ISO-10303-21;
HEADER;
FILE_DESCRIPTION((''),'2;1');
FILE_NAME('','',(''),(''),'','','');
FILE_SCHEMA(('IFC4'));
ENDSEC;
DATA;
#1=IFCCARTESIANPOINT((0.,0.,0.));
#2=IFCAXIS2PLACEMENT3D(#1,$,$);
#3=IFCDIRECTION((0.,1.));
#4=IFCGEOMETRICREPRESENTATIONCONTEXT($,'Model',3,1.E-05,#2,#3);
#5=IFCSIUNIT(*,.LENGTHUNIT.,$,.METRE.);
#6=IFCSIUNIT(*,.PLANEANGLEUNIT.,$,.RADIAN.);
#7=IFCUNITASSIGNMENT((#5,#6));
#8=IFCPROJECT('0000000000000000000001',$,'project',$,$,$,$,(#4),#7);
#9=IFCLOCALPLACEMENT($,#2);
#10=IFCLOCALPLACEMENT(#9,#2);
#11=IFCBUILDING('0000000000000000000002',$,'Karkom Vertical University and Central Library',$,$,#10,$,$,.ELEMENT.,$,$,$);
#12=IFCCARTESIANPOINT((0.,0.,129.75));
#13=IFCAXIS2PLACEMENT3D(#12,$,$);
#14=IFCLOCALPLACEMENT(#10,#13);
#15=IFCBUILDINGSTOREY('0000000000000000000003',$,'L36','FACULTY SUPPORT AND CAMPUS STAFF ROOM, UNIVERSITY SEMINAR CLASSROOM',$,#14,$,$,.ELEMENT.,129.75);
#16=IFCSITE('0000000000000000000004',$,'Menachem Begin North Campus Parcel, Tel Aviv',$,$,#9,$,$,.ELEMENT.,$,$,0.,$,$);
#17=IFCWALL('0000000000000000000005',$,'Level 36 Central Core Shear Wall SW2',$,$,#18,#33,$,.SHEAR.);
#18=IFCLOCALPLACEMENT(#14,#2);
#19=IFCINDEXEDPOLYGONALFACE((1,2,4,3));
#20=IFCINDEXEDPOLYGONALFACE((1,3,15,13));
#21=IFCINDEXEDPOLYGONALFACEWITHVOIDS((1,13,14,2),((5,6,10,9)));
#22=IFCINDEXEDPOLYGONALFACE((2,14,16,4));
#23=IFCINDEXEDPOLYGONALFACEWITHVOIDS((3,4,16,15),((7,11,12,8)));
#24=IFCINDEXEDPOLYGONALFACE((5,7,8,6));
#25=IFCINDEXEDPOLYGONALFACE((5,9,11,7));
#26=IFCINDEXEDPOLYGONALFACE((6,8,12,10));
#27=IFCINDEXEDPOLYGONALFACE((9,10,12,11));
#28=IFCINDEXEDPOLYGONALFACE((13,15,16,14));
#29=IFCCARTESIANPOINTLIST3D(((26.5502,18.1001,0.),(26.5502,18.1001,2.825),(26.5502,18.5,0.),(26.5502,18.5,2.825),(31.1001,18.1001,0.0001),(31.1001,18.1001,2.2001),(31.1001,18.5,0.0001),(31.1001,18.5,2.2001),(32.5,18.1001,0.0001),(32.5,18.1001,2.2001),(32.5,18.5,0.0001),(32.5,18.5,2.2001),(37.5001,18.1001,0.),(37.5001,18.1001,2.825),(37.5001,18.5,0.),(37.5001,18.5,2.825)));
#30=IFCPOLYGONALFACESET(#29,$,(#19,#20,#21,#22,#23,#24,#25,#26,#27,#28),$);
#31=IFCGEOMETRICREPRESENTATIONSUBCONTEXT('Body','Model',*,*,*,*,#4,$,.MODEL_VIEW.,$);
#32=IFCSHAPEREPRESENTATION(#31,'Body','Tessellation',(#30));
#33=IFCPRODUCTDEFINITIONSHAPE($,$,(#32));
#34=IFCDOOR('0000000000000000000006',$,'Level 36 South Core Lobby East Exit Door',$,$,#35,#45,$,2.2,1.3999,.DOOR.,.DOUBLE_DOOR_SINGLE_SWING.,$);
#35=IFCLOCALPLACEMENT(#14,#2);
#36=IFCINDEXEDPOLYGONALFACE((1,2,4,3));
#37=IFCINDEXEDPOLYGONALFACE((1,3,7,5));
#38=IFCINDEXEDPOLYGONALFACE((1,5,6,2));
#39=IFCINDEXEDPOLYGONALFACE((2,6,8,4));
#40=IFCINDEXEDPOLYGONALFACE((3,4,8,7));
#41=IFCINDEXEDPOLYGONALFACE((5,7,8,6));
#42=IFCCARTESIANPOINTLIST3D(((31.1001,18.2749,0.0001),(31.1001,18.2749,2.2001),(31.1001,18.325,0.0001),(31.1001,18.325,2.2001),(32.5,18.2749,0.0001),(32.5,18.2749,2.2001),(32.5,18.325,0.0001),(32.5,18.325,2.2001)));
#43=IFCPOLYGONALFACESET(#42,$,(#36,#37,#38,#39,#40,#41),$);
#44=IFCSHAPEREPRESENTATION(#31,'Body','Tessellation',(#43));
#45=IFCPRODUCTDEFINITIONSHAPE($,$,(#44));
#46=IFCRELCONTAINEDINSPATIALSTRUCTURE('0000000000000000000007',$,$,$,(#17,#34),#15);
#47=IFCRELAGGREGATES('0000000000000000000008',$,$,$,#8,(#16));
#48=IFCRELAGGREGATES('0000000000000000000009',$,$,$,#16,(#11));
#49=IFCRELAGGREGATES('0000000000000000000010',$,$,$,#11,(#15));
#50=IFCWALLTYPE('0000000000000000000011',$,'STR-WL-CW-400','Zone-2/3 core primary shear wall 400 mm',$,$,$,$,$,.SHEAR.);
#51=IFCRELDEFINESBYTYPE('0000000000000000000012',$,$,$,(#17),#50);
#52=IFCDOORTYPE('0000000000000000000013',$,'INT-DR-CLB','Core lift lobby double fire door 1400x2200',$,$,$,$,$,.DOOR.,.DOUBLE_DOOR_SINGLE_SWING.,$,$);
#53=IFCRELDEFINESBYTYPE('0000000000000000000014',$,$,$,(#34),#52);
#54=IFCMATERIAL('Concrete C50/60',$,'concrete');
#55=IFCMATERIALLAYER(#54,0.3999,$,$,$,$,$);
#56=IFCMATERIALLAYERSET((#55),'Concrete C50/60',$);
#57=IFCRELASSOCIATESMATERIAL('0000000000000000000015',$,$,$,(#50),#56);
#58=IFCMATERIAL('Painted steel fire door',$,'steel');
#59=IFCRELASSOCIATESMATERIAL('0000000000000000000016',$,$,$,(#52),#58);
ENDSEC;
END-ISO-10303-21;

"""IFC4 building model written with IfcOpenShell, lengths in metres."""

from ifc_helpers import new_model, si_unit, direction, frame, frame_2d, origin, origin_with_axes, place, context, subcontext, project, spatial, rectangle, extrude, source, transform, mapped, material, layer, layer_set, type_object, element, fill, save


model = new_model("IFC4")

# Units and contexts
model_context = context("Model", 3, precision=1e-05, world=origin(), true_north=direction((0.0, 1.0)))
body_context = subcontext(model_context, "Body", "Model", "MODEL_VIEW")
ifc_project = project(units=[si_unit("LENGTHUNIT", "METRE"), si_unit("PLANEANGLEUNIT", "RADIAN")], contexts=[model_context])

# Site, building, storey
site_placement = place(None, origin())
site = spatial("IfcSite", under=ifc_project, at=site_placement, Name="Menachem Begin North Campus Parcel, Tel Aviv", CompositionType="ELEMENT", RefElevation=0.0)
building_placement = place(site_placement, origin())
building = spatial("IfcBuilding", under=site, at=building_placement, Name="Karkom Vertical University and Central Library", CompositionType="ELEMENT")
storey_placement = place(building_placement, frame((0.0, 0.0, 129.75)))
storey = spatial("IfcBuildingStorey", under=building, at=storey_placement, Name="L36", Description="FACULTY SUPPORT AND CAMPUS STAFF ROOM, UNIVERSITY SEMINAR CLASSROOM", CompositionType="ELEMENT", Elevation=129.75)

# Shared definitions
ifc_material_1 = material(Name="Concrete C50/60", Category="concrete")

# Wall, opening, door
ifc_layer_1 = layer(ifc_material_1, 0.3999)
ifc_layer_set_1 = layer_set([ifc_layer_1], Name="Concrete C50/60")
wall_type_1 = type_object("IfcWallType", Name="STR-WL-CW-400", Description="Zone-2/3 core primary shear wall 400 mm", PredefinedType="SHEAR", material=ifc_layer_set_1)
wall_1_placement = place(storey_placement, frame((26.55, 18.3, 0.0), z_axis=(0.0, 0.0, 1.0), x_axis=(1.0, 0.0, 0.0)))
wall_1 = element("IfcWall", 1, at=wall_1_placement, inside=storey, type_object=wall_type_1, Name="Level 36 Central Core Shear Wall SW2", PredefinedType="SHEAR", context=body_context, shape_type="SweptSolid", body=[
    extrude(rectangle(XDim=10.95, YDim=0.3999, at=frame_2d((5.4751, 0.0))), origin(), (0.0, 0.0, 1.0), 2.825),
])
opening_1_placement = place(wall_1_placement, frame((4.55, 0.0, 0.0)))
opening_1 = element("IfcOpeningElement", 2, at=opening_1_placement, cuts=wall_1, PredefinedType="OPENING", context=body_context, shape_type="SweptSolid", body=[
    extrude(rectangle(XDim=1.3999, YDim=2.2, at=frame_2d((0.7, 1.1001))), frame((0.0, 0.21, 0.0), z_axis=(0.0, -1.0, 0.0), x_axis=(1.0, 0.0, 0.0)), (0.0, 0.0, 1.0), 0.4199),
])
ifc_material_2 = material(Name="Painted steel fire door", Category="steel")
door_type_1 = type_object("IfcDoorType", Name="INT-DR-CLB", Description="Core lift lobby double fire door 1400x2200", OperationType="DOUBLE_DOOR_SINGLE_SWING", PredefinedType="DOOR", material=ifc_material_2)
shared_shape_1 = source(origin_with_axes(), body_context, "Body", "SweptSolid", [
    extrude(rectangle(XDim=1.3999, YDim=2.2, at=frame_2d((0.7, 1.1001))), frame((0.0, 0.0249, 0.0), z_axis=(0.0, -1.0, 0.0), x_axis=(1.0, 0.0, 0.0)), (0.0, 0.0, 1.0), 0.05),
])
door_1_placement = place(opening_1_placement, origin())
door_1 = element("IfcDoor", 3, at=door_1_placement, inside=storey, type_object=door_type_1, Name="Level 36 South Core Lobby East Exit Door", OperationType="DOUBLE_DOOR_SINGLE_SWING", OverallHeight=2.2, OverallWidth=1.3999, PredefinedType="DOOR", context=body_context, shape_type="MappedRepresentation", body=[
    mapped(shared_shape_1, transform((0.0, 0.0, 0.0), scale=1.0)),
])
fill(opening_1, door_1)

save(model, "model.ifc")
